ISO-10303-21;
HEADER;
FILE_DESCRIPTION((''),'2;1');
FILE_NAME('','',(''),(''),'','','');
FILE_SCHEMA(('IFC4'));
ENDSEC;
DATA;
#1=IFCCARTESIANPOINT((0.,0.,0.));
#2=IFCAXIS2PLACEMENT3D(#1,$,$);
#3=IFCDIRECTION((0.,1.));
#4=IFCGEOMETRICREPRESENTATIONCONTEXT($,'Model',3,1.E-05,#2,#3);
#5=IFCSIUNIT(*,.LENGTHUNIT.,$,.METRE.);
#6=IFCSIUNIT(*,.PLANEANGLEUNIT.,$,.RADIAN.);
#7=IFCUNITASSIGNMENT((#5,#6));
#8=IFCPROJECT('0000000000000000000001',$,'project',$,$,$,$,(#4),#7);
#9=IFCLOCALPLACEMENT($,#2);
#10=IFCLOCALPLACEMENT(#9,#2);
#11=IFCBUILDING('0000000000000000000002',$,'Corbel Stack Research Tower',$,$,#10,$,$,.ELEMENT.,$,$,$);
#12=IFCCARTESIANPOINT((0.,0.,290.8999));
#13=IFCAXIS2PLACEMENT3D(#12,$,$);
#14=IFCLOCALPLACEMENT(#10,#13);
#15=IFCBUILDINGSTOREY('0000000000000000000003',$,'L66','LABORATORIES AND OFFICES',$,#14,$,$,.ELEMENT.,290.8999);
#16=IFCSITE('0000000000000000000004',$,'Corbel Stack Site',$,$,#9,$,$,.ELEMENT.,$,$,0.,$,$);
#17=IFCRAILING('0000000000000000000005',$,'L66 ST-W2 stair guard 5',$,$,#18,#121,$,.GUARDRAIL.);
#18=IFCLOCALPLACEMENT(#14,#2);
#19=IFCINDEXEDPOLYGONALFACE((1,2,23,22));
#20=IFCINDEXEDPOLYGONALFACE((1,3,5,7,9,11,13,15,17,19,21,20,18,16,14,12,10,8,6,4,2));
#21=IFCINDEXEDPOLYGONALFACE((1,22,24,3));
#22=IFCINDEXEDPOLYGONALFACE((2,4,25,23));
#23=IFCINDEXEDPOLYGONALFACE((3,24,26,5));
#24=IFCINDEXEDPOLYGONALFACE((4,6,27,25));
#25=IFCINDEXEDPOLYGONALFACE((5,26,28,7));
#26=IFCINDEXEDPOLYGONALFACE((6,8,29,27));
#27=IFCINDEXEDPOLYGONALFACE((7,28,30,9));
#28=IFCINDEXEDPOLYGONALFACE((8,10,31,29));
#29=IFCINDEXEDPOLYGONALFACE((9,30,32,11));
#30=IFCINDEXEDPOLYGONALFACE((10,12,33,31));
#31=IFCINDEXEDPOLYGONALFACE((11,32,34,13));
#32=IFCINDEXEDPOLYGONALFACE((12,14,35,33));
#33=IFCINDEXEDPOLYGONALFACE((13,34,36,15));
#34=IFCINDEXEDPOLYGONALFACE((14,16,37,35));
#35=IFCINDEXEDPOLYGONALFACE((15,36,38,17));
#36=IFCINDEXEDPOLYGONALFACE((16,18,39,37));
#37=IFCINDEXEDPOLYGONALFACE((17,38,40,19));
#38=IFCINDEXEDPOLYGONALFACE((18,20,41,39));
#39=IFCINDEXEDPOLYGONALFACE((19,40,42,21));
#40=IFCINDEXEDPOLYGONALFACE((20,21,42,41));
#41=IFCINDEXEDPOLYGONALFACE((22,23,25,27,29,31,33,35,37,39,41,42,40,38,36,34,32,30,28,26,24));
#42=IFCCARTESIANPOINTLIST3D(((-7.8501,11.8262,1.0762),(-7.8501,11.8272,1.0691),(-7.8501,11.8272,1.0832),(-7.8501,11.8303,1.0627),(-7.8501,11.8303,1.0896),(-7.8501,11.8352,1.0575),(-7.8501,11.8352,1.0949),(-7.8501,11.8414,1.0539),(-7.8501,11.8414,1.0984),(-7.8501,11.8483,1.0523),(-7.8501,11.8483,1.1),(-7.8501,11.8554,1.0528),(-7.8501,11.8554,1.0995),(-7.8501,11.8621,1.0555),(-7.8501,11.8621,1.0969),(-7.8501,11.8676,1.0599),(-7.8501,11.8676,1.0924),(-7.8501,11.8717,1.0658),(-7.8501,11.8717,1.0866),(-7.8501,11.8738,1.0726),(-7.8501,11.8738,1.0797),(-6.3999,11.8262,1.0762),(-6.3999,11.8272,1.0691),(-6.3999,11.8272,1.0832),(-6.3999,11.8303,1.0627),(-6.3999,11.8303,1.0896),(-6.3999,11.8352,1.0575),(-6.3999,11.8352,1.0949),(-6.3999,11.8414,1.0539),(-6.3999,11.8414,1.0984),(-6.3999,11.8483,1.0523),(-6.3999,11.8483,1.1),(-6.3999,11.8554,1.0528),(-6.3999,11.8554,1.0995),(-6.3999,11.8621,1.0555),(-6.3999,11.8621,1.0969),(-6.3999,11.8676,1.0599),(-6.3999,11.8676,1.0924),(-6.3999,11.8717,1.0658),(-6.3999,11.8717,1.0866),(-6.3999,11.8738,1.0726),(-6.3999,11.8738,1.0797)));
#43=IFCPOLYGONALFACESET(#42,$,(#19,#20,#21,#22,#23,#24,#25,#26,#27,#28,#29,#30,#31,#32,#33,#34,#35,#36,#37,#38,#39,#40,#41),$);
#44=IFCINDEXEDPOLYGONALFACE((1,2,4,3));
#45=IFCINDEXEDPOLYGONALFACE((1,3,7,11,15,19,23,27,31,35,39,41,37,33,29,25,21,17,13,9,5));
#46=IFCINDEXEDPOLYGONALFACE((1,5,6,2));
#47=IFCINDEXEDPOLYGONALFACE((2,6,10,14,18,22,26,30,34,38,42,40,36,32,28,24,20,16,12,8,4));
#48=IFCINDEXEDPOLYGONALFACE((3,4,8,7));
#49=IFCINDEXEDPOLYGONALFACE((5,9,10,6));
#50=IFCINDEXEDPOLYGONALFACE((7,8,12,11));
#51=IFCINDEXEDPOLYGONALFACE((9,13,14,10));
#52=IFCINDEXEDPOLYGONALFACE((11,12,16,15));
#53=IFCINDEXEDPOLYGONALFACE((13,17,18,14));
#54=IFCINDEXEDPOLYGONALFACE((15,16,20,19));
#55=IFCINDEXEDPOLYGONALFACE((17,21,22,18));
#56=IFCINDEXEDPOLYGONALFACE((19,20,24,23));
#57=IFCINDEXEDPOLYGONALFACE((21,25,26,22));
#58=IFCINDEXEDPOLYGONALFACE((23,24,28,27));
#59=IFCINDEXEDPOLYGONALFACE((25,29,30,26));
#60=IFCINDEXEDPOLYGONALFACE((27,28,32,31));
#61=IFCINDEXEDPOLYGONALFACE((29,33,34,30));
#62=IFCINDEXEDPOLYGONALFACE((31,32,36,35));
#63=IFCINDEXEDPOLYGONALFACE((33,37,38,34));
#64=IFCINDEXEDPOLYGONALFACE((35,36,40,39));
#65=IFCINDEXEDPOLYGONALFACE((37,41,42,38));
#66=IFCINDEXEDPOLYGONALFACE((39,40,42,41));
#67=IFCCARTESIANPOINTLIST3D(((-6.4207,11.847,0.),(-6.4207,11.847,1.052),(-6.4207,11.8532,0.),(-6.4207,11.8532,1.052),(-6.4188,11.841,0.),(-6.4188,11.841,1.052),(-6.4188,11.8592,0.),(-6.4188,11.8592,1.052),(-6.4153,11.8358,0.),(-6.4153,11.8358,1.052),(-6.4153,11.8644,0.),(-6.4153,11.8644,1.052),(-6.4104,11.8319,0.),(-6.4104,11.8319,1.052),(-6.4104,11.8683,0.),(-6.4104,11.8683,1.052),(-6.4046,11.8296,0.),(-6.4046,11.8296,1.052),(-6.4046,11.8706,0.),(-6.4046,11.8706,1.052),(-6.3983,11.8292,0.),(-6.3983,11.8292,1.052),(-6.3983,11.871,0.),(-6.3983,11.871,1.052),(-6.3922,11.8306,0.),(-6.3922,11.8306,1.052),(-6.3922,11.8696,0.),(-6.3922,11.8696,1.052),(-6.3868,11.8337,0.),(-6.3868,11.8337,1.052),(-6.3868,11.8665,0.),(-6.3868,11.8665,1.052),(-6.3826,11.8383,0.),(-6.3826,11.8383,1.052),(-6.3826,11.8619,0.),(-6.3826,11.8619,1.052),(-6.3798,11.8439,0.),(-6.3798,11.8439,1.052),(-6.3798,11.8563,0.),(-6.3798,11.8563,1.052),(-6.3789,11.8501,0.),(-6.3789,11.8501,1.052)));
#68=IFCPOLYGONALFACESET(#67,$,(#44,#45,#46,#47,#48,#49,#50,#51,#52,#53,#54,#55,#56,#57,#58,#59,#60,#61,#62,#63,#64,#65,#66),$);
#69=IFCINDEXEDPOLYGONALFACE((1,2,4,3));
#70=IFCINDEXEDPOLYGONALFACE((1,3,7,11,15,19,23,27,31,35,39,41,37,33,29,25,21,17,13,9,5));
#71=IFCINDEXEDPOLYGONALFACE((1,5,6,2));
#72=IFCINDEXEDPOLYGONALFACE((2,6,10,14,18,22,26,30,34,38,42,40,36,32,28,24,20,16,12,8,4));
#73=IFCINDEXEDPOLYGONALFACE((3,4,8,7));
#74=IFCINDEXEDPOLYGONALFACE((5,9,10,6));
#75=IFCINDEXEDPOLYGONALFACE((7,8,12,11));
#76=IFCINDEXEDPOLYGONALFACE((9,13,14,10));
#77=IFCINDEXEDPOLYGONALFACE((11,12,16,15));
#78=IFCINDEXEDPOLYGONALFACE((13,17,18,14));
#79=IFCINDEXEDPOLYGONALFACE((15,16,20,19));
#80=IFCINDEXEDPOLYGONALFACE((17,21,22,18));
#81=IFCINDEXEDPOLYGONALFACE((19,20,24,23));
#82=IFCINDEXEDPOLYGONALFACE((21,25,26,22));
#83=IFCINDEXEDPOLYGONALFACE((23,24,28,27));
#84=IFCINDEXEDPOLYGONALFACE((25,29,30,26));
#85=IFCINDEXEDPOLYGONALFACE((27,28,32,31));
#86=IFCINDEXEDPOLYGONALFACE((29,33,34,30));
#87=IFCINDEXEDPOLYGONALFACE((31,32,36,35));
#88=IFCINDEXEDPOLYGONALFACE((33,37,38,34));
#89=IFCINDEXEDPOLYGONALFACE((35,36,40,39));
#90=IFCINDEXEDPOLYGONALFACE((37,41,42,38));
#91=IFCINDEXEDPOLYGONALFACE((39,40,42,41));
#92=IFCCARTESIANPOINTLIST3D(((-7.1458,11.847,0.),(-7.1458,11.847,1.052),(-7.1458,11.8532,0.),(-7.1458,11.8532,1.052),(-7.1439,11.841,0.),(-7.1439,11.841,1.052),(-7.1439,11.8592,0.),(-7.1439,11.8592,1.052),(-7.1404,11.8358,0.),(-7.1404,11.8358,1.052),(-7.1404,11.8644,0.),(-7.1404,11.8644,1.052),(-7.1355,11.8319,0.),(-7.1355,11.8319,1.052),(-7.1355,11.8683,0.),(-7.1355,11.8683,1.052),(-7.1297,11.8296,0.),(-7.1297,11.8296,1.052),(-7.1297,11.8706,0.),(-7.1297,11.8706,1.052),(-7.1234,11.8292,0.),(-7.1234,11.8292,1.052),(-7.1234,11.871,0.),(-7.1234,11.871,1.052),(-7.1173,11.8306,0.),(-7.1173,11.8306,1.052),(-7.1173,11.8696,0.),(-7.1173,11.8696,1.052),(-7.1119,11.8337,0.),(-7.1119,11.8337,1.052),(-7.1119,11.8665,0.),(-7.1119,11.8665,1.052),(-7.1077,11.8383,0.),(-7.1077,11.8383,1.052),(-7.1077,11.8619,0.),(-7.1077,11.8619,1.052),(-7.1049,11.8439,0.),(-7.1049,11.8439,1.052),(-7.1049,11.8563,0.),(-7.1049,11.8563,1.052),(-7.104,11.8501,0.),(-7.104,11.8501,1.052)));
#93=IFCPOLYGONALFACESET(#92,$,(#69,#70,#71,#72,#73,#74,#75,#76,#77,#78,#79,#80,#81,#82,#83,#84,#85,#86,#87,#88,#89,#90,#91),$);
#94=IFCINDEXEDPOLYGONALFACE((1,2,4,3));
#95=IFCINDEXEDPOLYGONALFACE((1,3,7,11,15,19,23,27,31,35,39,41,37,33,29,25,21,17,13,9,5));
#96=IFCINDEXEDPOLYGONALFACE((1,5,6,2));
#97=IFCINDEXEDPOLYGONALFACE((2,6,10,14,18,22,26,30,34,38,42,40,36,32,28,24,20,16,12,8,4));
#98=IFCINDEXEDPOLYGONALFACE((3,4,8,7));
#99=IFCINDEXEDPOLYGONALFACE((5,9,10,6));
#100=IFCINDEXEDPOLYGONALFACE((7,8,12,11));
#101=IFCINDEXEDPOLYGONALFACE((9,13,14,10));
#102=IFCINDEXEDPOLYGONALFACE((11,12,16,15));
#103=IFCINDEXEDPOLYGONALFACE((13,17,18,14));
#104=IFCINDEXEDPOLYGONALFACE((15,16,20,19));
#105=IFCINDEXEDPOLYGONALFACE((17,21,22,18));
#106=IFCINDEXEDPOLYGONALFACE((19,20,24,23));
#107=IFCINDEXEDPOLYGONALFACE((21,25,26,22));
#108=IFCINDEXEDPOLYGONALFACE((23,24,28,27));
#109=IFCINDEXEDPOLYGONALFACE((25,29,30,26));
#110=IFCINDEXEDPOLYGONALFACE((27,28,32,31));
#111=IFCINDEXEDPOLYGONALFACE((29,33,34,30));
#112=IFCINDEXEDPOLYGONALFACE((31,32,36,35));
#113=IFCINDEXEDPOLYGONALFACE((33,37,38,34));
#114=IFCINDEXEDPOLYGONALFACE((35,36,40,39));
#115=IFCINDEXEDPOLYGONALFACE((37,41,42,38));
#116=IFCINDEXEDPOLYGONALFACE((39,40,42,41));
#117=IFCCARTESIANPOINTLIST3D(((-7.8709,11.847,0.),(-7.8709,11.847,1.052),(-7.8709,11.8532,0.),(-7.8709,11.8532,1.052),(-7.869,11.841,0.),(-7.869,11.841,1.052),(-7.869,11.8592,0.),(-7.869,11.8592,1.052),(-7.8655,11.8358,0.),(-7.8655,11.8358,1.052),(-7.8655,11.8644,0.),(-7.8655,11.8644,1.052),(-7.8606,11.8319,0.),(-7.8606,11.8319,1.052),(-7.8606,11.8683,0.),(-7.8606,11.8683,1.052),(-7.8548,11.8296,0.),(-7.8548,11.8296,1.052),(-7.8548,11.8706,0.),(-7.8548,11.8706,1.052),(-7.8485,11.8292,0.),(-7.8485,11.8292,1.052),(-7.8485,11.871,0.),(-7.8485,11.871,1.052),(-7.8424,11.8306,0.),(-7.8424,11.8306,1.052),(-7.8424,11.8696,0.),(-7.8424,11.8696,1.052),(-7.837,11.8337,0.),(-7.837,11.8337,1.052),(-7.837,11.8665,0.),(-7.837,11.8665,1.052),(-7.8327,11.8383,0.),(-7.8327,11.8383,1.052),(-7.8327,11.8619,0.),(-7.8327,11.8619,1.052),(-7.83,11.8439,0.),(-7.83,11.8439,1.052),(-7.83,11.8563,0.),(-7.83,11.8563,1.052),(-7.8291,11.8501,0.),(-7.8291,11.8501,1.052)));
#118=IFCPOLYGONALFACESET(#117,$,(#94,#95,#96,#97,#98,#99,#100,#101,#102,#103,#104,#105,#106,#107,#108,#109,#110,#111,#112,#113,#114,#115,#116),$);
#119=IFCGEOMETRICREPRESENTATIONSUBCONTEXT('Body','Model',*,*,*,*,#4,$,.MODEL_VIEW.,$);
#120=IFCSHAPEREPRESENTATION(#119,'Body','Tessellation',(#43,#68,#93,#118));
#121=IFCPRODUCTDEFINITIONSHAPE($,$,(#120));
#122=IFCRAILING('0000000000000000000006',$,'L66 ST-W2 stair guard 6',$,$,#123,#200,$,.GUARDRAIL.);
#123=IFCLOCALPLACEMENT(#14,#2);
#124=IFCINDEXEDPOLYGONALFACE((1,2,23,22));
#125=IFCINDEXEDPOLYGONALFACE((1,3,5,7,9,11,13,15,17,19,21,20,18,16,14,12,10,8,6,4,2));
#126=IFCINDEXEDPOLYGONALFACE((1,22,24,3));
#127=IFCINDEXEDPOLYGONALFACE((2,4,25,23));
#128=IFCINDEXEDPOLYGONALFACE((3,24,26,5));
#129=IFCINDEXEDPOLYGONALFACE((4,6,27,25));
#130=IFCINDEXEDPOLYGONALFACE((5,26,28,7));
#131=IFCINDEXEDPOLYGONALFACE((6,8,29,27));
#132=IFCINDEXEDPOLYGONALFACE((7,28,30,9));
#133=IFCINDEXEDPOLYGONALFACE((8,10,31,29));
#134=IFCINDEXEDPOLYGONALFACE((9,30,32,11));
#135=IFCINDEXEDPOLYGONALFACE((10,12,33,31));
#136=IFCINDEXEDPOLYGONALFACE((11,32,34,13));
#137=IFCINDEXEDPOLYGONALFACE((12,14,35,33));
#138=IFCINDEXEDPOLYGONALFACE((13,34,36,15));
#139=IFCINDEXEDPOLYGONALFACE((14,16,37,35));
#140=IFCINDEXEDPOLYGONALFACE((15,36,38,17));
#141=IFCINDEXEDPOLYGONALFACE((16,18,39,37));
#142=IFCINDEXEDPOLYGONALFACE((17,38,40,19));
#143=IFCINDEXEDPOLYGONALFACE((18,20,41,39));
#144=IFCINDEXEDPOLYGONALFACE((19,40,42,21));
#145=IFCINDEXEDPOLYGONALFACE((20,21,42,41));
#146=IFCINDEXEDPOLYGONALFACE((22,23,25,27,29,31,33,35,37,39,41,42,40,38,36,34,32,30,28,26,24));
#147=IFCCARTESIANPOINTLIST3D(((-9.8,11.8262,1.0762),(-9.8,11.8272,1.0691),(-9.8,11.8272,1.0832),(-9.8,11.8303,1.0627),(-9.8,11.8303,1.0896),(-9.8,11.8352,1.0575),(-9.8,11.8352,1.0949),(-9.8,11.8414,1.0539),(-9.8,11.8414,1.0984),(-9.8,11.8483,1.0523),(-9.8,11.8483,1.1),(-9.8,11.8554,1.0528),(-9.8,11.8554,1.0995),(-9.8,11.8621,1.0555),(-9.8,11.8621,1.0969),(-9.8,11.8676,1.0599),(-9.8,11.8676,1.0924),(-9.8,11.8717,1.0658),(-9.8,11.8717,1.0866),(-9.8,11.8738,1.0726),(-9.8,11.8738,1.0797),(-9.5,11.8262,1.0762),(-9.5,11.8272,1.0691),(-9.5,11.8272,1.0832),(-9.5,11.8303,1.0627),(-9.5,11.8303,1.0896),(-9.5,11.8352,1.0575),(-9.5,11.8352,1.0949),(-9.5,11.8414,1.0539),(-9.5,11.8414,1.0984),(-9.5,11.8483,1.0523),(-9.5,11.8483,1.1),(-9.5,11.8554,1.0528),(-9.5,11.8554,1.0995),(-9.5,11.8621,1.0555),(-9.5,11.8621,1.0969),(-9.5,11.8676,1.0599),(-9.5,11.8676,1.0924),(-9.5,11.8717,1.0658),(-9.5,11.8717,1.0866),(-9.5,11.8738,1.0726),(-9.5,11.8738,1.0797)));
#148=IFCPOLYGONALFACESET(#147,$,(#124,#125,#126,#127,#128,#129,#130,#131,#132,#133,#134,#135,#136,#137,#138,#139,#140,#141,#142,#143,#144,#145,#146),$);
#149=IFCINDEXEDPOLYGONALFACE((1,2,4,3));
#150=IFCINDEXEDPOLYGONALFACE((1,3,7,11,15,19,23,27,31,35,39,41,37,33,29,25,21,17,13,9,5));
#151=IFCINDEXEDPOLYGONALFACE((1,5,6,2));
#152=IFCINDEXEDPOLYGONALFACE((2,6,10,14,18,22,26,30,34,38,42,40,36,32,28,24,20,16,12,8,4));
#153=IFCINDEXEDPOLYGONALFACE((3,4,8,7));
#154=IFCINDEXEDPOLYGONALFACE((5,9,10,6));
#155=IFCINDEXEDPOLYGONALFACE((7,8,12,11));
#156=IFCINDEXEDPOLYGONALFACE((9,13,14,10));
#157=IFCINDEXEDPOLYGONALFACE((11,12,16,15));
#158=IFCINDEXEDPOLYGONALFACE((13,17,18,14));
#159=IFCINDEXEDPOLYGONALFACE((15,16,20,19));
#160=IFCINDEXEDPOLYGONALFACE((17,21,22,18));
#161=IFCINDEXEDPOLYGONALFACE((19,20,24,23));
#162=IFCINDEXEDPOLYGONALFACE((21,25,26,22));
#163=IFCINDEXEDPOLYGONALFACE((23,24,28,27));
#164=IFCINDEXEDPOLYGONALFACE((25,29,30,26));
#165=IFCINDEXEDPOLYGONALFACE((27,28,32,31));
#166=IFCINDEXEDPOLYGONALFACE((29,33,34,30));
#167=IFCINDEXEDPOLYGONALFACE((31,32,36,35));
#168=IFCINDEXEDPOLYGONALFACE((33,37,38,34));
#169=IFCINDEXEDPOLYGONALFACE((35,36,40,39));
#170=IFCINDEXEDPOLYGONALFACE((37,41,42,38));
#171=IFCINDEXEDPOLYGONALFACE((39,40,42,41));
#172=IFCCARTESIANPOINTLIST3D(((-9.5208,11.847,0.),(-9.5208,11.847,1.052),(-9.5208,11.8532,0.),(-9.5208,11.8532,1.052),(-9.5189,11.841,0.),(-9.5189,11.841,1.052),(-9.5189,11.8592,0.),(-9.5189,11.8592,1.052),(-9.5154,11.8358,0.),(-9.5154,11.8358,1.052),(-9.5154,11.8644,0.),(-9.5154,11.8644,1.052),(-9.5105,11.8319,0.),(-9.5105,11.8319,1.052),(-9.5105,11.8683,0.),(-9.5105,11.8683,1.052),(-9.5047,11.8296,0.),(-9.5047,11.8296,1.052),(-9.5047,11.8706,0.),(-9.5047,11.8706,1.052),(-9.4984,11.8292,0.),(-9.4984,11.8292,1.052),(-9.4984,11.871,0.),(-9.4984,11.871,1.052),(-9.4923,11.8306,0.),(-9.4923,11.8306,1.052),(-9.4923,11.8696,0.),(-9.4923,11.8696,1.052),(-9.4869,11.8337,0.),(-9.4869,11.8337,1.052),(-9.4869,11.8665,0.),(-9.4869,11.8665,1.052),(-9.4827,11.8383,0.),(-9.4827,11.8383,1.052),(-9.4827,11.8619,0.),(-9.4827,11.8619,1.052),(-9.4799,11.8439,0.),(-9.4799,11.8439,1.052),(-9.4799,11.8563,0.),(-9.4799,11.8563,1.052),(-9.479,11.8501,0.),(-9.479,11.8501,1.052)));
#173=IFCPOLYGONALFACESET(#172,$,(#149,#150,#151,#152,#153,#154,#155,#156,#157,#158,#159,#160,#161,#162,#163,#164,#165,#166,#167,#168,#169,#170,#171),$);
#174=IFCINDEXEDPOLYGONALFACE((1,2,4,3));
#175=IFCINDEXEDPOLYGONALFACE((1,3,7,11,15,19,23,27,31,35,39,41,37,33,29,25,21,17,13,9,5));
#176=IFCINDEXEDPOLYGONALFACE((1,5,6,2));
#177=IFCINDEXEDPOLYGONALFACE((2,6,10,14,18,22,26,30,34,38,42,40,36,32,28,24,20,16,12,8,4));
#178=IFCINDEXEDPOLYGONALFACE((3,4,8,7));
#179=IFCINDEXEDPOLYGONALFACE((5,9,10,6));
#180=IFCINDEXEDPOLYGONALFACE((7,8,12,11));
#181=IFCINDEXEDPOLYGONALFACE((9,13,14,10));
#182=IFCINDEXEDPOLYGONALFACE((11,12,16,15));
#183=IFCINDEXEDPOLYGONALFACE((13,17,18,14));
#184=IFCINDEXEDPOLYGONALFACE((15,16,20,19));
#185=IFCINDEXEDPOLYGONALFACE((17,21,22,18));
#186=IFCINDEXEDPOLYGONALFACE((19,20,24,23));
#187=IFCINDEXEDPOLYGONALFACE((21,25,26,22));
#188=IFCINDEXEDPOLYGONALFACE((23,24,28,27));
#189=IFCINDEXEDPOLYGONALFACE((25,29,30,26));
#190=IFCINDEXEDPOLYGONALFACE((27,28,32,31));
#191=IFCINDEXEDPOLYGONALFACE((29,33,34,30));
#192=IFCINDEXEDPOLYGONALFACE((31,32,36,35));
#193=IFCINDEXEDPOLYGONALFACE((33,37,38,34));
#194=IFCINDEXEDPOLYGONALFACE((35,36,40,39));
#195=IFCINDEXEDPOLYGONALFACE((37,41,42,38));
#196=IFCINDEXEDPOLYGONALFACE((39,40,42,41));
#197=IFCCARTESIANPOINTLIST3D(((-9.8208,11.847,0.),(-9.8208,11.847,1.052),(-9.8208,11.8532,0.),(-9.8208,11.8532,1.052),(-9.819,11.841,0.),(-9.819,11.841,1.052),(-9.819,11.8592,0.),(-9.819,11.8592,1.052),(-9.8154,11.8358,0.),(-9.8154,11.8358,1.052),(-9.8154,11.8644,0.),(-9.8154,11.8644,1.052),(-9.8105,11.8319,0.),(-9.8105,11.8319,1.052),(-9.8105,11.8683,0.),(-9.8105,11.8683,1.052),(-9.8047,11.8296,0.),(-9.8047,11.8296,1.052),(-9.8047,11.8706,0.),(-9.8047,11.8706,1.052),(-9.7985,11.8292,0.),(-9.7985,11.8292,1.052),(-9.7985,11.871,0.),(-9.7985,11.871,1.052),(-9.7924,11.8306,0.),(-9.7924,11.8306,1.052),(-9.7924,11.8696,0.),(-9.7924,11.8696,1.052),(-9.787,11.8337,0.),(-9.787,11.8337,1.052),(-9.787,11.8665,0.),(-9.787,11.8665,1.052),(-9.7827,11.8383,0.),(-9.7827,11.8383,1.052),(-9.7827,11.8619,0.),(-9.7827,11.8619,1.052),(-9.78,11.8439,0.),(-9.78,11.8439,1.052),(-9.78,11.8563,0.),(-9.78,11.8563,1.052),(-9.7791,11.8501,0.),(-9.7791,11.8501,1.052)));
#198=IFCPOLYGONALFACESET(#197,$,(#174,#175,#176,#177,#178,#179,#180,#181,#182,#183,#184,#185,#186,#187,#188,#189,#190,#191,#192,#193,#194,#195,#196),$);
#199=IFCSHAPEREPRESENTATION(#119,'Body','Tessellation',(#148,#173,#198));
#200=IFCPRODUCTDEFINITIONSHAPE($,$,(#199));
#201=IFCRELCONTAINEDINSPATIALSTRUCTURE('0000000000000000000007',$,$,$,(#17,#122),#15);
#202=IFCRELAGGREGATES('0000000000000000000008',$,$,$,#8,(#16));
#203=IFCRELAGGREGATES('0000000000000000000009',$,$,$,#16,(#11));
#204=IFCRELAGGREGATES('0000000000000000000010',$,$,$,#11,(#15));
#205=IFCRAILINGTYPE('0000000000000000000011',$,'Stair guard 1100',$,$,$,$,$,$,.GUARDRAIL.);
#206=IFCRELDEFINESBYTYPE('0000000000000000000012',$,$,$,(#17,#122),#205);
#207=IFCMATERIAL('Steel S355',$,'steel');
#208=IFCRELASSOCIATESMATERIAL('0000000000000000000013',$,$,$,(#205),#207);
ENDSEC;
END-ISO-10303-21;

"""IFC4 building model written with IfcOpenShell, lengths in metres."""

from ifc_helpers import new_model, si_unit, direction, frame, origin, origin_2d, place, context, subcontext, project, spatial, circle, extrude, material, type_object, element, save


model = new_model("IFC4")

# Units and contexts
model_context = context("Model", 3, precision=1e-05, world=origin(), true_north=direction((0.0, 1.0)))
body_context = subcontext(model_context, "Body", "Model", "MODEL_VIEW")
ifc_project = project(units=[si_unit("LENGTHUNIT", "METRE"), si_unit("PLANEANGLEUNIT", "RADIAN")], contexts=[model_context])

# Site, building, storey
site_placement = place(None, origin())
site = spatial("IfcSite", under=ifc_project, at=site_placement, Name="Corbel Stack Site", CompositionType="ELEMENT", RefElevation=0.0)
building_placement = place(site_placement, origin())
building = spatial("IfcBuilding", under=site, at=building_placement, Name="Corbel Stack Research Tower", CompositionType="ELEMENT")
storey_placement = place(building_placement, frame((0.0, 0.0, 290.8999)))
storey = spatial("IfcBuildingStorey", under=building, at=storey_placement, Name="L66", Description="LABORATORIES AND OFFICES", CompositionType="ELEMENT", Elevation=290.8999)

# Railings
ifc_material_1 = material(Name="Steel S355", Category="steel")
railing_type_1 = type_object("IfcRailingType", Name="Stair guard 1100", PredefinedType="GUARDRAIL", material=ifc_material_1)
railing_1_placement = place(storey_placement, frame((-6.3999, 11.8501, 0.0)))
element("IfcRailing", 1, at=railing_1_placement, inside=storey, type_object=railing_type_1, Name="L66 ST-W2 stair guard 5", PredefinedType="GUARDRAIL", context=body_context, shape_type="SweptSolid", body=[
    extrude(circle(Radius=0.0239, at=origin_2d()), frame((0.0, 0.0, 1.0762), z_axis=(-1.0, 0.0, 0.0), x_axis=(0.0, -1.0, 0.0)), (0.0, 0.0, 1.0), 1.4502),
    extrude(circle(Radius=0.021, at=origin_2d()), origin(), (0.0, 0.0, 1.0), 1.052),
    extrude(circle(Radius=0.021, at=origin_2d()), frame((-0.7251, 0.0, 0.0)), (0.0, 0.0, 1.0), 1.052),
    extrude(circle(Radius=0.021, at=origin_2d()), frame((-1.4502, 0.0, 0.0)), (0.0, 0.0, 1.0), 1.052),
])
railing_2_placement = place(storey_placement, frame((-9.5, 11.8501, 0.0)))
element("IfcRailing", 2, at=railing_2_placement, inside=storey, type_object=railing_type_1, Name="L66 ST-W2 stair guard 6", PredefinedType="GUARDRAIL", context=body_context, shape_type="SweptSolid", body=[
    extrude(circle(Radius=0.0239, at=origin_2d()), frame((0.0, 0.0, 1.0762), z_axis=(-1.0, 0.0, 0.0), x_axis=(0.0, -1.0, 0.0)), (0.0, 0.0, 1.0), 0.3),
    extrude(circle(Radius=0.021, at=origin_2d()), origin(), (0.0, 0.0, 1.0), 1.052),
    extrude(circle(Radius=0.021, at=origin_2d()), frame((-0.3, 0.0, 0.0)), (0.0, 0.0, 1.0), 1.052),
])

save(model, "model.ifc")
